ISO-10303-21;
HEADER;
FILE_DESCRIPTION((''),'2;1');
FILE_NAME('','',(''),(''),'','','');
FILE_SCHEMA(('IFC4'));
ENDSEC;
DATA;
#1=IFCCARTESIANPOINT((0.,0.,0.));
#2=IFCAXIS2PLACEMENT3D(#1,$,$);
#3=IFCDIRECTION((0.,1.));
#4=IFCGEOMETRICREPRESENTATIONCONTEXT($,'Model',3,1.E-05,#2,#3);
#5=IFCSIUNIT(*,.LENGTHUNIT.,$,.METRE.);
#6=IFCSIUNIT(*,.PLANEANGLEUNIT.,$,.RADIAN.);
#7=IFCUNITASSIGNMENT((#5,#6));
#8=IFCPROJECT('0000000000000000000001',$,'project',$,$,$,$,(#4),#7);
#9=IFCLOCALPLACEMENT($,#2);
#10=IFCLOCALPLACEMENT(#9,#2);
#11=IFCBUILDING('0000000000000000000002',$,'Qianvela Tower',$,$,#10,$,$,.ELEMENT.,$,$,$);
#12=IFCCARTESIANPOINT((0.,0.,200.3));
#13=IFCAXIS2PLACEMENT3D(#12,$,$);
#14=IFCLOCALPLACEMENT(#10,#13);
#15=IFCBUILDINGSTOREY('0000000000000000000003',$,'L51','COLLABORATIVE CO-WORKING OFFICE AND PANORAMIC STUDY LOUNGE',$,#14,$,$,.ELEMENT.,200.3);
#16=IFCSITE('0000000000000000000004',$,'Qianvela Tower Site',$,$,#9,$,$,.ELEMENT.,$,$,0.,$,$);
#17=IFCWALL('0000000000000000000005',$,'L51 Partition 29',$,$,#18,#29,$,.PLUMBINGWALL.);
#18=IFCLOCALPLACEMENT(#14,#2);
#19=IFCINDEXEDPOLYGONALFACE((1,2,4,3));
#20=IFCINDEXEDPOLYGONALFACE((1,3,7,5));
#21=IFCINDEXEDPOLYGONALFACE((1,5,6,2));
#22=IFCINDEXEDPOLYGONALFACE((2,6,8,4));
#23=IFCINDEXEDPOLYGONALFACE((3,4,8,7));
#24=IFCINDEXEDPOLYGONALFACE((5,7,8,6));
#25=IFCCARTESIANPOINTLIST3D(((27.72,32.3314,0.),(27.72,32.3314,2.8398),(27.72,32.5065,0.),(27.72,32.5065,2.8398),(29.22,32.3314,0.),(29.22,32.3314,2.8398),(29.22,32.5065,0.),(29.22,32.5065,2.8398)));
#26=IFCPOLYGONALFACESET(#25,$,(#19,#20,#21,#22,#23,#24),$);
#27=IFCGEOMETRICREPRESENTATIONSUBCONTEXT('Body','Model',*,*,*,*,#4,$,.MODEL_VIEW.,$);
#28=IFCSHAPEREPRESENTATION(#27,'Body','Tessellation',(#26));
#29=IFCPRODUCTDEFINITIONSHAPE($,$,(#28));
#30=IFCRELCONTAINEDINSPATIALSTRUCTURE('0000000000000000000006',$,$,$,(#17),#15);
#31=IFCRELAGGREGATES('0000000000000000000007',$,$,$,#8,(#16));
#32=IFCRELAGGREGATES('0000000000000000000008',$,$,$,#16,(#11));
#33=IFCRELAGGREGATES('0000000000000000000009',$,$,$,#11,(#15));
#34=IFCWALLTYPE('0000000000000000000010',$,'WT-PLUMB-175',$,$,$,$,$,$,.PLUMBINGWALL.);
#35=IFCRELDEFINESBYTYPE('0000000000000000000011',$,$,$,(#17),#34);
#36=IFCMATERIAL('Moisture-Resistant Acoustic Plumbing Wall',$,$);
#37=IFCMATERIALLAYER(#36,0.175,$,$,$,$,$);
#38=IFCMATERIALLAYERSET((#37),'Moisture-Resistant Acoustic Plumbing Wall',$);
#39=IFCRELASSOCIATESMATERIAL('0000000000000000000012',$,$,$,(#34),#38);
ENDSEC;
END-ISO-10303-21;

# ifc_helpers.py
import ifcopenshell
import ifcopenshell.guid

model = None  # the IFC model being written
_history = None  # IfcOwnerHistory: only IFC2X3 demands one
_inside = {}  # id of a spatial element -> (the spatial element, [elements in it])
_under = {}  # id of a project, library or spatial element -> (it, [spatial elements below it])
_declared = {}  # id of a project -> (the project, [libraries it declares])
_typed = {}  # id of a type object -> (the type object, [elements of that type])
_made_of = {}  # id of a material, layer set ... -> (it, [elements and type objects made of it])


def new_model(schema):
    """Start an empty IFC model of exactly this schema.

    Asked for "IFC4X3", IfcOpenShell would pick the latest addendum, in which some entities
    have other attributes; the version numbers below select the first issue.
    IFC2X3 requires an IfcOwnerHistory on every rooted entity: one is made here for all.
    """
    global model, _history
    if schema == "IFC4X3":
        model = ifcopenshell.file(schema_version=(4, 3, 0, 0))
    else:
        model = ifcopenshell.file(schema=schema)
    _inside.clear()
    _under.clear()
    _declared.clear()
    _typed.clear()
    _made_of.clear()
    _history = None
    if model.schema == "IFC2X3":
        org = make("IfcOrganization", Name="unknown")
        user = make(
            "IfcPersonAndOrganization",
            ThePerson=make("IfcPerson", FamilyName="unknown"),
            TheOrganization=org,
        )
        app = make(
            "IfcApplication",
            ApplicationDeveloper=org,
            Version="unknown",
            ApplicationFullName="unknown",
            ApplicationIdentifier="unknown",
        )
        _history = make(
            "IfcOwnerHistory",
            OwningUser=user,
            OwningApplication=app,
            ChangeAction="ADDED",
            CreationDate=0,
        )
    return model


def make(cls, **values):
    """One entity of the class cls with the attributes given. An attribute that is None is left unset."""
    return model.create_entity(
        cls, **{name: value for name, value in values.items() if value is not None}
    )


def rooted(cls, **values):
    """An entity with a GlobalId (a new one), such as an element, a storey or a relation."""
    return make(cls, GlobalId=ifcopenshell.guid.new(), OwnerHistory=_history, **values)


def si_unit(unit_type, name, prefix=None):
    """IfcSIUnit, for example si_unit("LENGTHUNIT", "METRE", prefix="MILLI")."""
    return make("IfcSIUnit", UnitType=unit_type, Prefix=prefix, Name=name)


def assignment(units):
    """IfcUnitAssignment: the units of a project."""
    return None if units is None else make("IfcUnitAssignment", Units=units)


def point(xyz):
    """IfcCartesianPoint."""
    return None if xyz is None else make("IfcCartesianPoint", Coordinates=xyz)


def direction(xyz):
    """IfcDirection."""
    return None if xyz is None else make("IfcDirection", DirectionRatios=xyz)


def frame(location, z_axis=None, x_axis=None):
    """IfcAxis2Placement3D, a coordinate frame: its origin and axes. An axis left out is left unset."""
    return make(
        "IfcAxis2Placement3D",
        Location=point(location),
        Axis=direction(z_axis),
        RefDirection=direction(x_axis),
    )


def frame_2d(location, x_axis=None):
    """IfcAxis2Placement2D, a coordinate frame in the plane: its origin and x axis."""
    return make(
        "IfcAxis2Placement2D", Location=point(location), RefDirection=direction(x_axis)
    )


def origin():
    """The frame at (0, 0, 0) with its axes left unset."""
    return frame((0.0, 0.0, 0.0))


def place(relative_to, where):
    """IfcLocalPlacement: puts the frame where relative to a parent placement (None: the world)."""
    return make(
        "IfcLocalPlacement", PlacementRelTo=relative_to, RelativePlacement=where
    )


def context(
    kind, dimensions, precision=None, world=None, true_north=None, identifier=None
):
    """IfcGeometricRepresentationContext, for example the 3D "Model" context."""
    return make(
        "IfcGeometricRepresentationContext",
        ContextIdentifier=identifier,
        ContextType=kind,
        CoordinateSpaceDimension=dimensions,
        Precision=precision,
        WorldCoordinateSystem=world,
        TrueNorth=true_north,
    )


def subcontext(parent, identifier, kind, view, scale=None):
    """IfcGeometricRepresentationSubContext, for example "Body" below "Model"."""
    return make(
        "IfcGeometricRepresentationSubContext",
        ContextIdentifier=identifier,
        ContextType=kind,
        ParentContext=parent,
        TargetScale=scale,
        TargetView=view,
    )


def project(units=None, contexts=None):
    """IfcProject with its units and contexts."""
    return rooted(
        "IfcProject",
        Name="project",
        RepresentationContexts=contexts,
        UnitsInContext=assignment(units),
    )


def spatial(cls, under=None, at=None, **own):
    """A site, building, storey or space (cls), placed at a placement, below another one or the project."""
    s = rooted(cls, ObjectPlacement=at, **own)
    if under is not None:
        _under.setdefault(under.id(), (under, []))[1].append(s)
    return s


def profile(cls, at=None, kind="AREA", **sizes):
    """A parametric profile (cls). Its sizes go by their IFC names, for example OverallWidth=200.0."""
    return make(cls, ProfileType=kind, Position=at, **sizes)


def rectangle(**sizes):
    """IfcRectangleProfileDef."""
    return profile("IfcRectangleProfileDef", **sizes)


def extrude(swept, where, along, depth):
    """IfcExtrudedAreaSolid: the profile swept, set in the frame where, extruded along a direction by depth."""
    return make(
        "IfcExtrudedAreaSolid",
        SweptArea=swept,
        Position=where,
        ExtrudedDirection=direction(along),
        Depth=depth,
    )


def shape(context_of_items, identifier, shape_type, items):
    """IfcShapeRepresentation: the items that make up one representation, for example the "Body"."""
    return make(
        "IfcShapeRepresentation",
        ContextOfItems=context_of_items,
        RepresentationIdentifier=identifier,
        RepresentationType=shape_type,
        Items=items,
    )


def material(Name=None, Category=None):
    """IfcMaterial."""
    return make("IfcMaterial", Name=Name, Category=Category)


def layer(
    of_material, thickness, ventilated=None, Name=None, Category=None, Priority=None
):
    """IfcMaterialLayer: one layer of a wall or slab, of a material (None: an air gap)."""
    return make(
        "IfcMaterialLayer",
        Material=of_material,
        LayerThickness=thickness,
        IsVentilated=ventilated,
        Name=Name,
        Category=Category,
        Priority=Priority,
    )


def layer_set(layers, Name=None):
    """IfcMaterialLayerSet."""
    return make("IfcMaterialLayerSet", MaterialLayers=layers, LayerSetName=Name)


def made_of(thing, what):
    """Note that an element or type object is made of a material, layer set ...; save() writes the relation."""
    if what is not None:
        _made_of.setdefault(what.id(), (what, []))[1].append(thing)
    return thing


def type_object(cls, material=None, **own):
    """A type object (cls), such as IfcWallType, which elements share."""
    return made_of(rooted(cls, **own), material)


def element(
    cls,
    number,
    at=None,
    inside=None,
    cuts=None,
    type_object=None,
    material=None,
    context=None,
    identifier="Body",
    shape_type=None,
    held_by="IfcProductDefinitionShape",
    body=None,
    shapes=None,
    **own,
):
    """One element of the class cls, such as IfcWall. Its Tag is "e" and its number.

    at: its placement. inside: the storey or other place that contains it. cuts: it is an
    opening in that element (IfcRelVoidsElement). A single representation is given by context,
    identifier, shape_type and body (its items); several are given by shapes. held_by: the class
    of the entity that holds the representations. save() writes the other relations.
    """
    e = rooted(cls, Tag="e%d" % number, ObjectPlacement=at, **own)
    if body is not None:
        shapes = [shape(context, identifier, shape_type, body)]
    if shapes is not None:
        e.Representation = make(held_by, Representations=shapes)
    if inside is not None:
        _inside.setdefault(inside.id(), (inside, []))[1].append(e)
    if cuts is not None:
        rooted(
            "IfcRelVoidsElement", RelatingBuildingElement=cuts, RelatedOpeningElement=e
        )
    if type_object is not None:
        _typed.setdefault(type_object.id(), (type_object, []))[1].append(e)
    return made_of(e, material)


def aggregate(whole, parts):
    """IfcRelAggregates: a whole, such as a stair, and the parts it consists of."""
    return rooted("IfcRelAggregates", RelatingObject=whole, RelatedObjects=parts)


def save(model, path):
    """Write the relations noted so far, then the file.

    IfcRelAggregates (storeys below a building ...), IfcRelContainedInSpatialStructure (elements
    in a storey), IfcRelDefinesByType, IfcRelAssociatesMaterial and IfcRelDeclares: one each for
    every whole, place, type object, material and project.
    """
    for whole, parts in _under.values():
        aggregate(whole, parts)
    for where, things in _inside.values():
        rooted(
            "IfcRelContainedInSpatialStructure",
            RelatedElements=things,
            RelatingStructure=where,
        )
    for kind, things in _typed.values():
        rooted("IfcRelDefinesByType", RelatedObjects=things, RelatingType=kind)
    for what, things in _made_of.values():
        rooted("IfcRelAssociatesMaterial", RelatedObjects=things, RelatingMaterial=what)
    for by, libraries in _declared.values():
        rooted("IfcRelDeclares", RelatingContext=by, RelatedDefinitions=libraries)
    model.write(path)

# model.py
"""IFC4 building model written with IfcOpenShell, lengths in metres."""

from ifc_helpers import new_model, si_unit, direction, frame, frame_2d, origin, place, context, subcontext, project, spatial, rectangle, extrude, material, layer, layer_set, type_object, element, save


model = new_model("IFC4")

# Units and contexts
model_context = context("Model", 3, precision=1e-05, world=origin(), true_north=direction((0.0, 1.0)))
body_context = subcontext(model_context, "Body", "Model", "MODEL_VIEW")
ifc_project = project(units=[si_unit("LENGTHUNIT", "METRE"), si_unit("PLANEANGLEUNIT", "RADIAN")], contexts=[model_context])

# Site, building, storey
site_placement = place(None, origin())
site = spatial("IfcSite", under=ifc_project, at=site_placement, Name="Qianvela Tower Site", CompositionType="ELEMENT", RefElevation=0.0)
building_placement = place(site_placement, origin())
building = spatial("IfcBuilding", under=site, at=building_placement, Name="Qianvela Tower", CompositionType="ELEMENT")
storey_placement = place(building_placement, frame((0.0, 0.0, 200.3)))
storey = spatial("IfcBuildingStorey", under=building, at=storey_placement, Name="L51", Description="COLLABORATIVE CO-WORKING OFFICE AND PANORAMIC STUDY LOUNGE", CompositionType="ELEMENT", Elevation=200.3)

# Shared definitions
ifc_material_1 = material(Name="Moisture-Resistant Acoustic Plumbing Wall")
ifc_layer_1 = layer(ifc_material_1, 0.175)
ifc_layer_set_1 = layer_set([ifc_layer_1], Name="Moisture-Resistant Acoustic Plumbing Wall")
wall_type_1 = type_object("IfcWallType", Name="WT-PLUMB-175", PredefinedType="PLUMBINGWALL", material=ifc_layer_set_1)

# Wall
wall_1_placement = place(storey_placement, frame((27.72, 32.4189, 0.0), z_axis=(0.0, 0.0, 1.0), x_axis=(1.0, 0.0, 0.0)))
element("IfcWall", 1, at=wall_1_placement, inside=storey, type_object=wall_type_1, Name="L51 Partition 29", PredefinedType="PLUMBINGWALL", context=body_context, shape_type="SweptSolid", body=[
    extrude(rectangle(XDim=1.5, YDim=0.175, at=frame_2d((0.75, 0.0))), origin(), (0.0, 0.0, 1.0), 2.8398),
])

save(model, "model.ifc")
